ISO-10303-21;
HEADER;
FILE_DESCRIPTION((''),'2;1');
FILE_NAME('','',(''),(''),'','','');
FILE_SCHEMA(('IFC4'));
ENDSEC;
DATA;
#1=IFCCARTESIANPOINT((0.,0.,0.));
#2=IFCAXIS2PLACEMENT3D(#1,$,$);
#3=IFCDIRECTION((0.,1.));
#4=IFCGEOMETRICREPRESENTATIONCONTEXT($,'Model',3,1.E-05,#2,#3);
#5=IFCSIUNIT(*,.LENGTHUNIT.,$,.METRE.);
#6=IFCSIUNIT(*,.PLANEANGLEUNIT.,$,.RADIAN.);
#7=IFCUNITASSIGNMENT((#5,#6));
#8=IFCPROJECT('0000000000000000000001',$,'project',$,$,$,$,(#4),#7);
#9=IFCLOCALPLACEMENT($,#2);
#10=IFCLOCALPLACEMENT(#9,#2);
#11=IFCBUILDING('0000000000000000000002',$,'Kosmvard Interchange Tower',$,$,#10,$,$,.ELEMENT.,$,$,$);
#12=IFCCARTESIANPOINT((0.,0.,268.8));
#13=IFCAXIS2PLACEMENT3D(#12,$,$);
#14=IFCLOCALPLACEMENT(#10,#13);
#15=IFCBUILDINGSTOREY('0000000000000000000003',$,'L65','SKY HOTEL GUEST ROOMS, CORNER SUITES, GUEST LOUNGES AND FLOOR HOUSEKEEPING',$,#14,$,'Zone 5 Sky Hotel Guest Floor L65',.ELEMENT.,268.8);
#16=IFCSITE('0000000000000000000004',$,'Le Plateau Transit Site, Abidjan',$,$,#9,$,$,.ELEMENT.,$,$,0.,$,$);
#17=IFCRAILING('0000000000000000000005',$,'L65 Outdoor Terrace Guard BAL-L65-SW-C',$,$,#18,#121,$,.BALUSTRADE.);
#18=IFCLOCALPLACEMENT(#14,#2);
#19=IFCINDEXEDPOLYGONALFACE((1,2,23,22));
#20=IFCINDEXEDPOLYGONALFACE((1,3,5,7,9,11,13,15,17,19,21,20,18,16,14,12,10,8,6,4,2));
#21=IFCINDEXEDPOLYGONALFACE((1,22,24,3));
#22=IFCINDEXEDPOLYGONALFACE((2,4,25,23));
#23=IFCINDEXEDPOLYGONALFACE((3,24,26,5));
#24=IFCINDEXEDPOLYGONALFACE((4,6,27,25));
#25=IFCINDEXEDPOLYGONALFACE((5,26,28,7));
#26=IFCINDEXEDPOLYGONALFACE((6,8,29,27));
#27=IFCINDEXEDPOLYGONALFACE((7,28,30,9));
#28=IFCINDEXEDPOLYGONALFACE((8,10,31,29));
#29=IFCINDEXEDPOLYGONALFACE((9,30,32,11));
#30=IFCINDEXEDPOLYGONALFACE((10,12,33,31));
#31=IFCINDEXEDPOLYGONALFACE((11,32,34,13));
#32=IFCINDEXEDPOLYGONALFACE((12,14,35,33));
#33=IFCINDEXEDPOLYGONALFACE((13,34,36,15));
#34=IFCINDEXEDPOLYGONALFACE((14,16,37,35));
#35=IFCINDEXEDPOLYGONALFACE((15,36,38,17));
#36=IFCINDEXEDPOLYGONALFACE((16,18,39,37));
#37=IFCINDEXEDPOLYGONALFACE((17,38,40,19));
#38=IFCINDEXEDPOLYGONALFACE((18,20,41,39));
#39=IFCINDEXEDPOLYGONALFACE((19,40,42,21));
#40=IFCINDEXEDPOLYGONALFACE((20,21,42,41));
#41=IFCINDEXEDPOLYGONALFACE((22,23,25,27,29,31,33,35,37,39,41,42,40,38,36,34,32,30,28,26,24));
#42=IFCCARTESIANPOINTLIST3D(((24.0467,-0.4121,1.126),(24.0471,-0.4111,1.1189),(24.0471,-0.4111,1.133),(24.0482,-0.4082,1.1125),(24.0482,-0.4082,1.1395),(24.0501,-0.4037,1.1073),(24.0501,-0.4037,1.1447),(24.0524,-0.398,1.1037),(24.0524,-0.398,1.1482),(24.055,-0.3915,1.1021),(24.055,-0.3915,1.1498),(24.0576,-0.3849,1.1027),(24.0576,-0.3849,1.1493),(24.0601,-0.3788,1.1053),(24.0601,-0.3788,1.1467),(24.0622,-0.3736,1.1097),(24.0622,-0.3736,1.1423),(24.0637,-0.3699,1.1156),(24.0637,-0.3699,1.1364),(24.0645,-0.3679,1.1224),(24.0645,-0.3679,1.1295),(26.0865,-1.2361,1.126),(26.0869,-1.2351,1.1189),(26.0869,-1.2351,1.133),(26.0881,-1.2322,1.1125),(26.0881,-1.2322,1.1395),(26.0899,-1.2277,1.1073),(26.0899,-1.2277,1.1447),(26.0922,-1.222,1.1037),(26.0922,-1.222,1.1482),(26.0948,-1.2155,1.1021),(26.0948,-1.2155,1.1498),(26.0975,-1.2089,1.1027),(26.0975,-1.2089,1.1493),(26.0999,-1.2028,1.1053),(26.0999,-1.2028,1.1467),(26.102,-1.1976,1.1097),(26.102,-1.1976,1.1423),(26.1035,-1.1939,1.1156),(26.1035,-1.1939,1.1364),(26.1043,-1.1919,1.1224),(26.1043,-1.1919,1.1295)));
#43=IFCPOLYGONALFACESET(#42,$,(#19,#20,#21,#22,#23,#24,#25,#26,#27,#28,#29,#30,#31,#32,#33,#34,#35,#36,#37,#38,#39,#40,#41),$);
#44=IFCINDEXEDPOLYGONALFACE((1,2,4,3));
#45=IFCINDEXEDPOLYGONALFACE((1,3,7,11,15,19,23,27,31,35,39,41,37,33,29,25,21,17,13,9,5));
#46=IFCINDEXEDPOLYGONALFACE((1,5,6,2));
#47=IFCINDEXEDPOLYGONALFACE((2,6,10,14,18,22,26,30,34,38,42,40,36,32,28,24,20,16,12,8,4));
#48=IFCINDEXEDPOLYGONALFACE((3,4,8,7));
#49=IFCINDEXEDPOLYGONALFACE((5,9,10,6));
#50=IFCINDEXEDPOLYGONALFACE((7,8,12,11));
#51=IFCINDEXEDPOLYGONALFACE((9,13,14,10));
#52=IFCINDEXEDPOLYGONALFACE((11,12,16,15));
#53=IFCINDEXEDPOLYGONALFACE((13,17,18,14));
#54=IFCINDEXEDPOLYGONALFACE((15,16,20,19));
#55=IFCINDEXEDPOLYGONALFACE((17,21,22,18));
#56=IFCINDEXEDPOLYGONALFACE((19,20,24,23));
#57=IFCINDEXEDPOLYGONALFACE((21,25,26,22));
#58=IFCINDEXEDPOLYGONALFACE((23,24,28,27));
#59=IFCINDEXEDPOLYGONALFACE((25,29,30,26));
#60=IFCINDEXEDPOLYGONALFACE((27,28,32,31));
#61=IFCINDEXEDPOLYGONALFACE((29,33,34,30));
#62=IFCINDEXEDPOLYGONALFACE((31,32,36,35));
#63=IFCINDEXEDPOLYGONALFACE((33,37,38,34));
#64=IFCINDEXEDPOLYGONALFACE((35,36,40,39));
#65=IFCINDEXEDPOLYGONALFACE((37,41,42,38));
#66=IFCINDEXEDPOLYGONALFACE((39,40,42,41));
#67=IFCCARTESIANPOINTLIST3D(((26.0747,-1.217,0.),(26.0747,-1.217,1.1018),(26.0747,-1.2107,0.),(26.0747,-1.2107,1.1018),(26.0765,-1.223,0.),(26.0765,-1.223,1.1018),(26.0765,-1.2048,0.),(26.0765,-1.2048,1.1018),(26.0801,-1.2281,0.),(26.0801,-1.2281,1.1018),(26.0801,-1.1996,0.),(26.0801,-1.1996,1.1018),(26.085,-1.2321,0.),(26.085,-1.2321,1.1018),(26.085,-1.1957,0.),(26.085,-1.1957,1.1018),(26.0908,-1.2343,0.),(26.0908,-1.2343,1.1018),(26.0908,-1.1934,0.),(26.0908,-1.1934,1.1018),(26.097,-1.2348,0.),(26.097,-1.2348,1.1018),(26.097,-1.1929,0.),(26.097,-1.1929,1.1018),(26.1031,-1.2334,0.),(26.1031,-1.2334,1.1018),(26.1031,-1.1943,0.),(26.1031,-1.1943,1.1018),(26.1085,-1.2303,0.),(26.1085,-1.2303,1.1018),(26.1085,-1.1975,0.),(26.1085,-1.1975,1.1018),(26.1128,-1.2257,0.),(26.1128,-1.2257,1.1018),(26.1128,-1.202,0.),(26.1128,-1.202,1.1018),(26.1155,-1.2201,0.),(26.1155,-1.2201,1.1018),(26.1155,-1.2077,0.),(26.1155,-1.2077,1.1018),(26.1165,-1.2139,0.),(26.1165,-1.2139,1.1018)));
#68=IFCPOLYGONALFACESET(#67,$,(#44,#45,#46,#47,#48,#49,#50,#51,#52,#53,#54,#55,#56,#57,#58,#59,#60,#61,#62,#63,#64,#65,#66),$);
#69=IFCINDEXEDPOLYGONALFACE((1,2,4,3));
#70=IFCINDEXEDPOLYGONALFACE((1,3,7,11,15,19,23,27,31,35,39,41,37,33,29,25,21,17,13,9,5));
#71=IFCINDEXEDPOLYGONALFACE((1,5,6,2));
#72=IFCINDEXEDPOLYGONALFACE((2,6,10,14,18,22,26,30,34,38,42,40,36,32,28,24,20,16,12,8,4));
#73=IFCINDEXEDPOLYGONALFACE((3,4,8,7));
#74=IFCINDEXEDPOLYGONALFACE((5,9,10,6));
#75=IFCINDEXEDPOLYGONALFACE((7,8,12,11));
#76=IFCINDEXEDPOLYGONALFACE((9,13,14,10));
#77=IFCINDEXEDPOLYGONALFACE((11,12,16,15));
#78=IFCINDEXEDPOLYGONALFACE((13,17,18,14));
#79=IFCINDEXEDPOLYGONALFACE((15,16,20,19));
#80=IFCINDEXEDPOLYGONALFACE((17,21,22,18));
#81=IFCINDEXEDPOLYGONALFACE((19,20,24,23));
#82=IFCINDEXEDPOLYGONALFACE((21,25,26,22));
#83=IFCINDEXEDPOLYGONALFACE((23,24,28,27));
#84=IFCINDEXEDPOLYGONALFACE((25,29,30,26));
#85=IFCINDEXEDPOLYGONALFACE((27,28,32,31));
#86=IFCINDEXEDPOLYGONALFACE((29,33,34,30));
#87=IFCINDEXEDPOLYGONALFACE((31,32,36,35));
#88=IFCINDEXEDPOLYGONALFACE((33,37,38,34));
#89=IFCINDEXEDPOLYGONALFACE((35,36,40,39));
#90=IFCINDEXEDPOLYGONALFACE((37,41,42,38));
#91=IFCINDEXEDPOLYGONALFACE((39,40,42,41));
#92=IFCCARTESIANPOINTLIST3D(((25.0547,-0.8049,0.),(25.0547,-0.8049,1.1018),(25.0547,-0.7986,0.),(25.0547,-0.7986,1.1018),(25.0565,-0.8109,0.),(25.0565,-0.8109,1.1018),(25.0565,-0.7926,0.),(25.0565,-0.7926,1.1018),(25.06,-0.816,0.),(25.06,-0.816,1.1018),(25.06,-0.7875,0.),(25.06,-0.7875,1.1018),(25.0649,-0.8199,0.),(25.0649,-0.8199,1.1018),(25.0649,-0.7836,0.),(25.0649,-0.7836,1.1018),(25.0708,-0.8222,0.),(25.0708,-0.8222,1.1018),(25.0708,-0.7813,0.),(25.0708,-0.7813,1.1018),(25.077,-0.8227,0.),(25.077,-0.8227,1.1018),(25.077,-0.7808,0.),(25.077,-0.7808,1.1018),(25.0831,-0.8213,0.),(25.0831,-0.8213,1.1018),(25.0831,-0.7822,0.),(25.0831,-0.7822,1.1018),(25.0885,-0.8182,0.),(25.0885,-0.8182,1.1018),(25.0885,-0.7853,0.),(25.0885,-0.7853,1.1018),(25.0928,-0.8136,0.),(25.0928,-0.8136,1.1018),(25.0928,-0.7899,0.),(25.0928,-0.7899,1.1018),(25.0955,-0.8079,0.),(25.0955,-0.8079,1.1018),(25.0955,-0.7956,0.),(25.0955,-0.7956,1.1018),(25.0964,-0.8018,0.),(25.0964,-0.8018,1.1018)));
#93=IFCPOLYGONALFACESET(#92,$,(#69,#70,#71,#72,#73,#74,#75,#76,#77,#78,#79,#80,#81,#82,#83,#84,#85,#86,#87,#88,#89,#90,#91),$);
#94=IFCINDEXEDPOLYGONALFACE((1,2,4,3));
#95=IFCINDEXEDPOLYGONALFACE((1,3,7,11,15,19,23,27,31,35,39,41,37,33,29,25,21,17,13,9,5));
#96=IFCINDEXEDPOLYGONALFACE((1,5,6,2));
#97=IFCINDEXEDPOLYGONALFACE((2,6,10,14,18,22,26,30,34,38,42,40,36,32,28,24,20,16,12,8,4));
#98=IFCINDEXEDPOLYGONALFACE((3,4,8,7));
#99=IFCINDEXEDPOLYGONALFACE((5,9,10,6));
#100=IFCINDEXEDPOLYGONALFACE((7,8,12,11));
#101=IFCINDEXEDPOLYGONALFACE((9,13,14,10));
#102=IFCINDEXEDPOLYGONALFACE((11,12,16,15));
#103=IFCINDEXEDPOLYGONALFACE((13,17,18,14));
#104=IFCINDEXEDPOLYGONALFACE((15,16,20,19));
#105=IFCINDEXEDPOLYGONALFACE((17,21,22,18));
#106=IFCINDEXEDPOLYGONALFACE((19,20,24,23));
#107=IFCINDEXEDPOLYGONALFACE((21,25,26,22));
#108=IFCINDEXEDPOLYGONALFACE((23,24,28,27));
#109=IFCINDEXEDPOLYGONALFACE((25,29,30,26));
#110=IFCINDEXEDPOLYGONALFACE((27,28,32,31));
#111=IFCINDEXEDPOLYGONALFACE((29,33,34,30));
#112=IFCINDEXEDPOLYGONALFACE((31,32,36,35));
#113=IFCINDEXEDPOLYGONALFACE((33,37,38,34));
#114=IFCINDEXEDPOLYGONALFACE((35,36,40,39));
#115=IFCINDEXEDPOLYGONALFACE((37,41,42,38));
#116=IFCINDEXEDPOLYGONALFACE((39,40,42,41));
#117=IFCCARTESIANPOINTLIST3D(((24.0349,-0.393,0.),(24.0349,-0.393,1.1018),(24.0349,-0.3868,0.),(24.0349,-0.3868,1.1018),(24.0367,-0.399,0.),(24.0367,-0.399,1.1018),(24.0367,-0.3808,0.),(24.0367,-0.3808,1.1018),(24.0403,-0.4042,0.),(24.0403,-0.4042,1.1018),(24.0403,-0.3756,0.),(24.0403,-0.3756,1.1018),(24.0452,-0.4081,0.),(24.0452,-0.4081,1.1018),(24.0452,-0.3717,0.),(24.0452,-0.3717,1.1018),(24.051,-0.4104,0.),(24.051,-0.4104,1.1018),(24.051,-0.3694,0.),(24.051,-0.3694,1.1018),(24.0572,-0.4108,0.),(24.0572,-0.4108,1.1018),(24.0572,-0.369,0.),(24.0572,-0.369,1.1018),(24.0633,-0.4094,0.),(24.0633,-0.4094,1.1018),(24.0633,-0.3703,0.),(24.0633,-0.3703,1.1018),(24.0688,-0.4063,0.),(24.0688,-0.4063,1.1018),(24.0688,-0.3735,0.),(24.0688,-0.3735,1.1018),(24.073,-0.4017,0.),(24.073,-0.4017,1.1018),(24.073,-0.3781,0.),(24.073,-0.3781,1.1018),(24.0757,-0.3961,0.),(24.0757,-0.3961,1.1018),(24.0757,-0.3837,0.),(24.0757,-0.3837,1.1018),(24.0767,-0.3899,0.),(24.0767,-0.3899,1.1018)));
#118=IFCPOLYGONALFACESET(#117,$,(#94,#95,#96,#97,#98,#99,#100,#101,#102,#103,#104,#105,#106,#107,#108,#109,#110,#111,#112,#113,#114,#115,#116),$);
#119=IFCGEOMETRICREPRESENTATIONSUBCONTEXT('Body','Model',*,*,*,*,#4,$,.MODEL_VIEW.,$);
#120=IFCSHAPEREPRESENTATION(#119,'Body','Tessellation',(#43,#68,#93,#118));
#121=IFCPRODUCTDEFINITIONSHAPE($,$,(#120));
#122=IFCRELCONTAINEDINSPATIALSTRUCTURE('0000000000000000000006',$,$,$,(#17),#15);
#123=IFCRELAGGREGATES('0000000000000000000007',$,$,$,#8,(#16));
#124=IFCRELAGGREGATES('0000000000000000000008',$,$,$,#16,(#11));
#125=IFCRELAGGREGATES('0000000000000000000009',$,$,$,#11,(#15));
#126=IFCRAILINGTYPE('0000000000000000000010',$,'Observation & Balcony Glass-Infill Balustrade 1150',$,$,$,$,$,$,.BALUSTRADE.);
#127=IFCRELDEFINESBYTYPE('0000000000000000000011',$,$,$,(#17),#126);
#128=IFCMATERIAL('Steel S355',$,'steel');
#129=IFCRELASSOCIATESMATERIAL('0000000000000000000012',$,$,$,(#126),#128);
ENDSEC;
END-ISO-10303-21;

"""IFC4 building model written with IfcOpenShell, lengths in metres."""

from ifc_helpers import new_model, si_unit, direction, frame, origin, origin_2d, place, context, subcontext, project, spatial, circle, extrude, source, transform, mapped, material, type_object, element, save


model = new_model("IFC4")

# Units and contexts
model_context = context("Model", 3, precision=1e-05, world=origin(), true_north=direction((0.0, 1.0)))
body_context = subcontext(model_context, "Body", "Model", "MODEL_VIEW")
ifc_project = project(units=[si_unit("LENGTHUNIT", "METRE"), si_unit("PLANEANGLEUNIT", "RADIAN")], contexts=[model_context])

# Site, building, storey
site_placement = place(None, origin())
site = spatial("IfcSite", under=ifc_project, at=site_placement, Name="Le Plateau Transit Site, Abidjan", CompositionType="ELEMENT", RefElevation=0.0)
building_placement = place(site_placement, origin())
building = spatial("IfcBuilding", under=site, at=building_placement, Name="Kosmvard Interchange Tower", CompositionType="ELEMENT")
storey_placement = place(building_placement, frame((0.0, 0.0, 268.8)))
storey = spatial("IfcBuildingStorey", under=building, at=storey_placement, Name="L65", Description="SKY HOTEL GUEST ROOMS, CORNER SUITES, GUEST LOUNGES AND FLOOR HOUSEKEEPING", LongName="Zone 5 Sky Hotel Guest Floor L65", CompositionType="ELEMENT", Elevation=268.8)

# Shared definitions
ifc_material_1 = material(Name="Steel S355", Category="steel")

# Railing
railing_type = type_object("IfcRailingType", Name="Observation & Balcony Glass-Infill Balustrade 1150", PredefinedType="BALUSTRADE", material=ifc_material_1)
shared_shape_1 = source(origin(), body_context, "Body", "SweptSolid", [
    extrude(circle(Radius=0.0239, at=origin_2d()), frame((0.0, 0.0, 1.126), z_axis=(-0.927208, 0.374546, 0.0), x_axis=(-0.374546, -0.927208, 0.0)), (0.0, 0.0, 1.0), 2.2),
    extrude(circle(Radius=0.021, at=origin_2d()), origin(), (0.0, 0.0, 1.0), 1.1018),
    extrude(circle(Radius=0.021, at=origin_2d()), frame((-1.02, 0.4121, 0.0)), (0.0, 0.0, 1.0), 1.1018),
    extrude(circle(Radius=0.021, at=origin_2d()), frame((-2.0398, 0.824, 0.0)), (0.0, 0.0, 1.0), 1.1018),
])
railing_1_placement = place(storey_placement, frame((26.0955, -1.2139, 0.0)))
element("IfcRailing", 1, at=railing_1_placement, inside=storey, type_object=railing_type, Name="L65 Outdoor Terrace Guard BAL-L65-SW-C", PredefinedType="BALUSTRADE", context=body_context, shape_type="MappedRepresentation", body=[
    mapped(shared_shape_1, transform((0.0, 0.0, 0.0), scale=1.0)),
])

save(model, "model.ifc")
